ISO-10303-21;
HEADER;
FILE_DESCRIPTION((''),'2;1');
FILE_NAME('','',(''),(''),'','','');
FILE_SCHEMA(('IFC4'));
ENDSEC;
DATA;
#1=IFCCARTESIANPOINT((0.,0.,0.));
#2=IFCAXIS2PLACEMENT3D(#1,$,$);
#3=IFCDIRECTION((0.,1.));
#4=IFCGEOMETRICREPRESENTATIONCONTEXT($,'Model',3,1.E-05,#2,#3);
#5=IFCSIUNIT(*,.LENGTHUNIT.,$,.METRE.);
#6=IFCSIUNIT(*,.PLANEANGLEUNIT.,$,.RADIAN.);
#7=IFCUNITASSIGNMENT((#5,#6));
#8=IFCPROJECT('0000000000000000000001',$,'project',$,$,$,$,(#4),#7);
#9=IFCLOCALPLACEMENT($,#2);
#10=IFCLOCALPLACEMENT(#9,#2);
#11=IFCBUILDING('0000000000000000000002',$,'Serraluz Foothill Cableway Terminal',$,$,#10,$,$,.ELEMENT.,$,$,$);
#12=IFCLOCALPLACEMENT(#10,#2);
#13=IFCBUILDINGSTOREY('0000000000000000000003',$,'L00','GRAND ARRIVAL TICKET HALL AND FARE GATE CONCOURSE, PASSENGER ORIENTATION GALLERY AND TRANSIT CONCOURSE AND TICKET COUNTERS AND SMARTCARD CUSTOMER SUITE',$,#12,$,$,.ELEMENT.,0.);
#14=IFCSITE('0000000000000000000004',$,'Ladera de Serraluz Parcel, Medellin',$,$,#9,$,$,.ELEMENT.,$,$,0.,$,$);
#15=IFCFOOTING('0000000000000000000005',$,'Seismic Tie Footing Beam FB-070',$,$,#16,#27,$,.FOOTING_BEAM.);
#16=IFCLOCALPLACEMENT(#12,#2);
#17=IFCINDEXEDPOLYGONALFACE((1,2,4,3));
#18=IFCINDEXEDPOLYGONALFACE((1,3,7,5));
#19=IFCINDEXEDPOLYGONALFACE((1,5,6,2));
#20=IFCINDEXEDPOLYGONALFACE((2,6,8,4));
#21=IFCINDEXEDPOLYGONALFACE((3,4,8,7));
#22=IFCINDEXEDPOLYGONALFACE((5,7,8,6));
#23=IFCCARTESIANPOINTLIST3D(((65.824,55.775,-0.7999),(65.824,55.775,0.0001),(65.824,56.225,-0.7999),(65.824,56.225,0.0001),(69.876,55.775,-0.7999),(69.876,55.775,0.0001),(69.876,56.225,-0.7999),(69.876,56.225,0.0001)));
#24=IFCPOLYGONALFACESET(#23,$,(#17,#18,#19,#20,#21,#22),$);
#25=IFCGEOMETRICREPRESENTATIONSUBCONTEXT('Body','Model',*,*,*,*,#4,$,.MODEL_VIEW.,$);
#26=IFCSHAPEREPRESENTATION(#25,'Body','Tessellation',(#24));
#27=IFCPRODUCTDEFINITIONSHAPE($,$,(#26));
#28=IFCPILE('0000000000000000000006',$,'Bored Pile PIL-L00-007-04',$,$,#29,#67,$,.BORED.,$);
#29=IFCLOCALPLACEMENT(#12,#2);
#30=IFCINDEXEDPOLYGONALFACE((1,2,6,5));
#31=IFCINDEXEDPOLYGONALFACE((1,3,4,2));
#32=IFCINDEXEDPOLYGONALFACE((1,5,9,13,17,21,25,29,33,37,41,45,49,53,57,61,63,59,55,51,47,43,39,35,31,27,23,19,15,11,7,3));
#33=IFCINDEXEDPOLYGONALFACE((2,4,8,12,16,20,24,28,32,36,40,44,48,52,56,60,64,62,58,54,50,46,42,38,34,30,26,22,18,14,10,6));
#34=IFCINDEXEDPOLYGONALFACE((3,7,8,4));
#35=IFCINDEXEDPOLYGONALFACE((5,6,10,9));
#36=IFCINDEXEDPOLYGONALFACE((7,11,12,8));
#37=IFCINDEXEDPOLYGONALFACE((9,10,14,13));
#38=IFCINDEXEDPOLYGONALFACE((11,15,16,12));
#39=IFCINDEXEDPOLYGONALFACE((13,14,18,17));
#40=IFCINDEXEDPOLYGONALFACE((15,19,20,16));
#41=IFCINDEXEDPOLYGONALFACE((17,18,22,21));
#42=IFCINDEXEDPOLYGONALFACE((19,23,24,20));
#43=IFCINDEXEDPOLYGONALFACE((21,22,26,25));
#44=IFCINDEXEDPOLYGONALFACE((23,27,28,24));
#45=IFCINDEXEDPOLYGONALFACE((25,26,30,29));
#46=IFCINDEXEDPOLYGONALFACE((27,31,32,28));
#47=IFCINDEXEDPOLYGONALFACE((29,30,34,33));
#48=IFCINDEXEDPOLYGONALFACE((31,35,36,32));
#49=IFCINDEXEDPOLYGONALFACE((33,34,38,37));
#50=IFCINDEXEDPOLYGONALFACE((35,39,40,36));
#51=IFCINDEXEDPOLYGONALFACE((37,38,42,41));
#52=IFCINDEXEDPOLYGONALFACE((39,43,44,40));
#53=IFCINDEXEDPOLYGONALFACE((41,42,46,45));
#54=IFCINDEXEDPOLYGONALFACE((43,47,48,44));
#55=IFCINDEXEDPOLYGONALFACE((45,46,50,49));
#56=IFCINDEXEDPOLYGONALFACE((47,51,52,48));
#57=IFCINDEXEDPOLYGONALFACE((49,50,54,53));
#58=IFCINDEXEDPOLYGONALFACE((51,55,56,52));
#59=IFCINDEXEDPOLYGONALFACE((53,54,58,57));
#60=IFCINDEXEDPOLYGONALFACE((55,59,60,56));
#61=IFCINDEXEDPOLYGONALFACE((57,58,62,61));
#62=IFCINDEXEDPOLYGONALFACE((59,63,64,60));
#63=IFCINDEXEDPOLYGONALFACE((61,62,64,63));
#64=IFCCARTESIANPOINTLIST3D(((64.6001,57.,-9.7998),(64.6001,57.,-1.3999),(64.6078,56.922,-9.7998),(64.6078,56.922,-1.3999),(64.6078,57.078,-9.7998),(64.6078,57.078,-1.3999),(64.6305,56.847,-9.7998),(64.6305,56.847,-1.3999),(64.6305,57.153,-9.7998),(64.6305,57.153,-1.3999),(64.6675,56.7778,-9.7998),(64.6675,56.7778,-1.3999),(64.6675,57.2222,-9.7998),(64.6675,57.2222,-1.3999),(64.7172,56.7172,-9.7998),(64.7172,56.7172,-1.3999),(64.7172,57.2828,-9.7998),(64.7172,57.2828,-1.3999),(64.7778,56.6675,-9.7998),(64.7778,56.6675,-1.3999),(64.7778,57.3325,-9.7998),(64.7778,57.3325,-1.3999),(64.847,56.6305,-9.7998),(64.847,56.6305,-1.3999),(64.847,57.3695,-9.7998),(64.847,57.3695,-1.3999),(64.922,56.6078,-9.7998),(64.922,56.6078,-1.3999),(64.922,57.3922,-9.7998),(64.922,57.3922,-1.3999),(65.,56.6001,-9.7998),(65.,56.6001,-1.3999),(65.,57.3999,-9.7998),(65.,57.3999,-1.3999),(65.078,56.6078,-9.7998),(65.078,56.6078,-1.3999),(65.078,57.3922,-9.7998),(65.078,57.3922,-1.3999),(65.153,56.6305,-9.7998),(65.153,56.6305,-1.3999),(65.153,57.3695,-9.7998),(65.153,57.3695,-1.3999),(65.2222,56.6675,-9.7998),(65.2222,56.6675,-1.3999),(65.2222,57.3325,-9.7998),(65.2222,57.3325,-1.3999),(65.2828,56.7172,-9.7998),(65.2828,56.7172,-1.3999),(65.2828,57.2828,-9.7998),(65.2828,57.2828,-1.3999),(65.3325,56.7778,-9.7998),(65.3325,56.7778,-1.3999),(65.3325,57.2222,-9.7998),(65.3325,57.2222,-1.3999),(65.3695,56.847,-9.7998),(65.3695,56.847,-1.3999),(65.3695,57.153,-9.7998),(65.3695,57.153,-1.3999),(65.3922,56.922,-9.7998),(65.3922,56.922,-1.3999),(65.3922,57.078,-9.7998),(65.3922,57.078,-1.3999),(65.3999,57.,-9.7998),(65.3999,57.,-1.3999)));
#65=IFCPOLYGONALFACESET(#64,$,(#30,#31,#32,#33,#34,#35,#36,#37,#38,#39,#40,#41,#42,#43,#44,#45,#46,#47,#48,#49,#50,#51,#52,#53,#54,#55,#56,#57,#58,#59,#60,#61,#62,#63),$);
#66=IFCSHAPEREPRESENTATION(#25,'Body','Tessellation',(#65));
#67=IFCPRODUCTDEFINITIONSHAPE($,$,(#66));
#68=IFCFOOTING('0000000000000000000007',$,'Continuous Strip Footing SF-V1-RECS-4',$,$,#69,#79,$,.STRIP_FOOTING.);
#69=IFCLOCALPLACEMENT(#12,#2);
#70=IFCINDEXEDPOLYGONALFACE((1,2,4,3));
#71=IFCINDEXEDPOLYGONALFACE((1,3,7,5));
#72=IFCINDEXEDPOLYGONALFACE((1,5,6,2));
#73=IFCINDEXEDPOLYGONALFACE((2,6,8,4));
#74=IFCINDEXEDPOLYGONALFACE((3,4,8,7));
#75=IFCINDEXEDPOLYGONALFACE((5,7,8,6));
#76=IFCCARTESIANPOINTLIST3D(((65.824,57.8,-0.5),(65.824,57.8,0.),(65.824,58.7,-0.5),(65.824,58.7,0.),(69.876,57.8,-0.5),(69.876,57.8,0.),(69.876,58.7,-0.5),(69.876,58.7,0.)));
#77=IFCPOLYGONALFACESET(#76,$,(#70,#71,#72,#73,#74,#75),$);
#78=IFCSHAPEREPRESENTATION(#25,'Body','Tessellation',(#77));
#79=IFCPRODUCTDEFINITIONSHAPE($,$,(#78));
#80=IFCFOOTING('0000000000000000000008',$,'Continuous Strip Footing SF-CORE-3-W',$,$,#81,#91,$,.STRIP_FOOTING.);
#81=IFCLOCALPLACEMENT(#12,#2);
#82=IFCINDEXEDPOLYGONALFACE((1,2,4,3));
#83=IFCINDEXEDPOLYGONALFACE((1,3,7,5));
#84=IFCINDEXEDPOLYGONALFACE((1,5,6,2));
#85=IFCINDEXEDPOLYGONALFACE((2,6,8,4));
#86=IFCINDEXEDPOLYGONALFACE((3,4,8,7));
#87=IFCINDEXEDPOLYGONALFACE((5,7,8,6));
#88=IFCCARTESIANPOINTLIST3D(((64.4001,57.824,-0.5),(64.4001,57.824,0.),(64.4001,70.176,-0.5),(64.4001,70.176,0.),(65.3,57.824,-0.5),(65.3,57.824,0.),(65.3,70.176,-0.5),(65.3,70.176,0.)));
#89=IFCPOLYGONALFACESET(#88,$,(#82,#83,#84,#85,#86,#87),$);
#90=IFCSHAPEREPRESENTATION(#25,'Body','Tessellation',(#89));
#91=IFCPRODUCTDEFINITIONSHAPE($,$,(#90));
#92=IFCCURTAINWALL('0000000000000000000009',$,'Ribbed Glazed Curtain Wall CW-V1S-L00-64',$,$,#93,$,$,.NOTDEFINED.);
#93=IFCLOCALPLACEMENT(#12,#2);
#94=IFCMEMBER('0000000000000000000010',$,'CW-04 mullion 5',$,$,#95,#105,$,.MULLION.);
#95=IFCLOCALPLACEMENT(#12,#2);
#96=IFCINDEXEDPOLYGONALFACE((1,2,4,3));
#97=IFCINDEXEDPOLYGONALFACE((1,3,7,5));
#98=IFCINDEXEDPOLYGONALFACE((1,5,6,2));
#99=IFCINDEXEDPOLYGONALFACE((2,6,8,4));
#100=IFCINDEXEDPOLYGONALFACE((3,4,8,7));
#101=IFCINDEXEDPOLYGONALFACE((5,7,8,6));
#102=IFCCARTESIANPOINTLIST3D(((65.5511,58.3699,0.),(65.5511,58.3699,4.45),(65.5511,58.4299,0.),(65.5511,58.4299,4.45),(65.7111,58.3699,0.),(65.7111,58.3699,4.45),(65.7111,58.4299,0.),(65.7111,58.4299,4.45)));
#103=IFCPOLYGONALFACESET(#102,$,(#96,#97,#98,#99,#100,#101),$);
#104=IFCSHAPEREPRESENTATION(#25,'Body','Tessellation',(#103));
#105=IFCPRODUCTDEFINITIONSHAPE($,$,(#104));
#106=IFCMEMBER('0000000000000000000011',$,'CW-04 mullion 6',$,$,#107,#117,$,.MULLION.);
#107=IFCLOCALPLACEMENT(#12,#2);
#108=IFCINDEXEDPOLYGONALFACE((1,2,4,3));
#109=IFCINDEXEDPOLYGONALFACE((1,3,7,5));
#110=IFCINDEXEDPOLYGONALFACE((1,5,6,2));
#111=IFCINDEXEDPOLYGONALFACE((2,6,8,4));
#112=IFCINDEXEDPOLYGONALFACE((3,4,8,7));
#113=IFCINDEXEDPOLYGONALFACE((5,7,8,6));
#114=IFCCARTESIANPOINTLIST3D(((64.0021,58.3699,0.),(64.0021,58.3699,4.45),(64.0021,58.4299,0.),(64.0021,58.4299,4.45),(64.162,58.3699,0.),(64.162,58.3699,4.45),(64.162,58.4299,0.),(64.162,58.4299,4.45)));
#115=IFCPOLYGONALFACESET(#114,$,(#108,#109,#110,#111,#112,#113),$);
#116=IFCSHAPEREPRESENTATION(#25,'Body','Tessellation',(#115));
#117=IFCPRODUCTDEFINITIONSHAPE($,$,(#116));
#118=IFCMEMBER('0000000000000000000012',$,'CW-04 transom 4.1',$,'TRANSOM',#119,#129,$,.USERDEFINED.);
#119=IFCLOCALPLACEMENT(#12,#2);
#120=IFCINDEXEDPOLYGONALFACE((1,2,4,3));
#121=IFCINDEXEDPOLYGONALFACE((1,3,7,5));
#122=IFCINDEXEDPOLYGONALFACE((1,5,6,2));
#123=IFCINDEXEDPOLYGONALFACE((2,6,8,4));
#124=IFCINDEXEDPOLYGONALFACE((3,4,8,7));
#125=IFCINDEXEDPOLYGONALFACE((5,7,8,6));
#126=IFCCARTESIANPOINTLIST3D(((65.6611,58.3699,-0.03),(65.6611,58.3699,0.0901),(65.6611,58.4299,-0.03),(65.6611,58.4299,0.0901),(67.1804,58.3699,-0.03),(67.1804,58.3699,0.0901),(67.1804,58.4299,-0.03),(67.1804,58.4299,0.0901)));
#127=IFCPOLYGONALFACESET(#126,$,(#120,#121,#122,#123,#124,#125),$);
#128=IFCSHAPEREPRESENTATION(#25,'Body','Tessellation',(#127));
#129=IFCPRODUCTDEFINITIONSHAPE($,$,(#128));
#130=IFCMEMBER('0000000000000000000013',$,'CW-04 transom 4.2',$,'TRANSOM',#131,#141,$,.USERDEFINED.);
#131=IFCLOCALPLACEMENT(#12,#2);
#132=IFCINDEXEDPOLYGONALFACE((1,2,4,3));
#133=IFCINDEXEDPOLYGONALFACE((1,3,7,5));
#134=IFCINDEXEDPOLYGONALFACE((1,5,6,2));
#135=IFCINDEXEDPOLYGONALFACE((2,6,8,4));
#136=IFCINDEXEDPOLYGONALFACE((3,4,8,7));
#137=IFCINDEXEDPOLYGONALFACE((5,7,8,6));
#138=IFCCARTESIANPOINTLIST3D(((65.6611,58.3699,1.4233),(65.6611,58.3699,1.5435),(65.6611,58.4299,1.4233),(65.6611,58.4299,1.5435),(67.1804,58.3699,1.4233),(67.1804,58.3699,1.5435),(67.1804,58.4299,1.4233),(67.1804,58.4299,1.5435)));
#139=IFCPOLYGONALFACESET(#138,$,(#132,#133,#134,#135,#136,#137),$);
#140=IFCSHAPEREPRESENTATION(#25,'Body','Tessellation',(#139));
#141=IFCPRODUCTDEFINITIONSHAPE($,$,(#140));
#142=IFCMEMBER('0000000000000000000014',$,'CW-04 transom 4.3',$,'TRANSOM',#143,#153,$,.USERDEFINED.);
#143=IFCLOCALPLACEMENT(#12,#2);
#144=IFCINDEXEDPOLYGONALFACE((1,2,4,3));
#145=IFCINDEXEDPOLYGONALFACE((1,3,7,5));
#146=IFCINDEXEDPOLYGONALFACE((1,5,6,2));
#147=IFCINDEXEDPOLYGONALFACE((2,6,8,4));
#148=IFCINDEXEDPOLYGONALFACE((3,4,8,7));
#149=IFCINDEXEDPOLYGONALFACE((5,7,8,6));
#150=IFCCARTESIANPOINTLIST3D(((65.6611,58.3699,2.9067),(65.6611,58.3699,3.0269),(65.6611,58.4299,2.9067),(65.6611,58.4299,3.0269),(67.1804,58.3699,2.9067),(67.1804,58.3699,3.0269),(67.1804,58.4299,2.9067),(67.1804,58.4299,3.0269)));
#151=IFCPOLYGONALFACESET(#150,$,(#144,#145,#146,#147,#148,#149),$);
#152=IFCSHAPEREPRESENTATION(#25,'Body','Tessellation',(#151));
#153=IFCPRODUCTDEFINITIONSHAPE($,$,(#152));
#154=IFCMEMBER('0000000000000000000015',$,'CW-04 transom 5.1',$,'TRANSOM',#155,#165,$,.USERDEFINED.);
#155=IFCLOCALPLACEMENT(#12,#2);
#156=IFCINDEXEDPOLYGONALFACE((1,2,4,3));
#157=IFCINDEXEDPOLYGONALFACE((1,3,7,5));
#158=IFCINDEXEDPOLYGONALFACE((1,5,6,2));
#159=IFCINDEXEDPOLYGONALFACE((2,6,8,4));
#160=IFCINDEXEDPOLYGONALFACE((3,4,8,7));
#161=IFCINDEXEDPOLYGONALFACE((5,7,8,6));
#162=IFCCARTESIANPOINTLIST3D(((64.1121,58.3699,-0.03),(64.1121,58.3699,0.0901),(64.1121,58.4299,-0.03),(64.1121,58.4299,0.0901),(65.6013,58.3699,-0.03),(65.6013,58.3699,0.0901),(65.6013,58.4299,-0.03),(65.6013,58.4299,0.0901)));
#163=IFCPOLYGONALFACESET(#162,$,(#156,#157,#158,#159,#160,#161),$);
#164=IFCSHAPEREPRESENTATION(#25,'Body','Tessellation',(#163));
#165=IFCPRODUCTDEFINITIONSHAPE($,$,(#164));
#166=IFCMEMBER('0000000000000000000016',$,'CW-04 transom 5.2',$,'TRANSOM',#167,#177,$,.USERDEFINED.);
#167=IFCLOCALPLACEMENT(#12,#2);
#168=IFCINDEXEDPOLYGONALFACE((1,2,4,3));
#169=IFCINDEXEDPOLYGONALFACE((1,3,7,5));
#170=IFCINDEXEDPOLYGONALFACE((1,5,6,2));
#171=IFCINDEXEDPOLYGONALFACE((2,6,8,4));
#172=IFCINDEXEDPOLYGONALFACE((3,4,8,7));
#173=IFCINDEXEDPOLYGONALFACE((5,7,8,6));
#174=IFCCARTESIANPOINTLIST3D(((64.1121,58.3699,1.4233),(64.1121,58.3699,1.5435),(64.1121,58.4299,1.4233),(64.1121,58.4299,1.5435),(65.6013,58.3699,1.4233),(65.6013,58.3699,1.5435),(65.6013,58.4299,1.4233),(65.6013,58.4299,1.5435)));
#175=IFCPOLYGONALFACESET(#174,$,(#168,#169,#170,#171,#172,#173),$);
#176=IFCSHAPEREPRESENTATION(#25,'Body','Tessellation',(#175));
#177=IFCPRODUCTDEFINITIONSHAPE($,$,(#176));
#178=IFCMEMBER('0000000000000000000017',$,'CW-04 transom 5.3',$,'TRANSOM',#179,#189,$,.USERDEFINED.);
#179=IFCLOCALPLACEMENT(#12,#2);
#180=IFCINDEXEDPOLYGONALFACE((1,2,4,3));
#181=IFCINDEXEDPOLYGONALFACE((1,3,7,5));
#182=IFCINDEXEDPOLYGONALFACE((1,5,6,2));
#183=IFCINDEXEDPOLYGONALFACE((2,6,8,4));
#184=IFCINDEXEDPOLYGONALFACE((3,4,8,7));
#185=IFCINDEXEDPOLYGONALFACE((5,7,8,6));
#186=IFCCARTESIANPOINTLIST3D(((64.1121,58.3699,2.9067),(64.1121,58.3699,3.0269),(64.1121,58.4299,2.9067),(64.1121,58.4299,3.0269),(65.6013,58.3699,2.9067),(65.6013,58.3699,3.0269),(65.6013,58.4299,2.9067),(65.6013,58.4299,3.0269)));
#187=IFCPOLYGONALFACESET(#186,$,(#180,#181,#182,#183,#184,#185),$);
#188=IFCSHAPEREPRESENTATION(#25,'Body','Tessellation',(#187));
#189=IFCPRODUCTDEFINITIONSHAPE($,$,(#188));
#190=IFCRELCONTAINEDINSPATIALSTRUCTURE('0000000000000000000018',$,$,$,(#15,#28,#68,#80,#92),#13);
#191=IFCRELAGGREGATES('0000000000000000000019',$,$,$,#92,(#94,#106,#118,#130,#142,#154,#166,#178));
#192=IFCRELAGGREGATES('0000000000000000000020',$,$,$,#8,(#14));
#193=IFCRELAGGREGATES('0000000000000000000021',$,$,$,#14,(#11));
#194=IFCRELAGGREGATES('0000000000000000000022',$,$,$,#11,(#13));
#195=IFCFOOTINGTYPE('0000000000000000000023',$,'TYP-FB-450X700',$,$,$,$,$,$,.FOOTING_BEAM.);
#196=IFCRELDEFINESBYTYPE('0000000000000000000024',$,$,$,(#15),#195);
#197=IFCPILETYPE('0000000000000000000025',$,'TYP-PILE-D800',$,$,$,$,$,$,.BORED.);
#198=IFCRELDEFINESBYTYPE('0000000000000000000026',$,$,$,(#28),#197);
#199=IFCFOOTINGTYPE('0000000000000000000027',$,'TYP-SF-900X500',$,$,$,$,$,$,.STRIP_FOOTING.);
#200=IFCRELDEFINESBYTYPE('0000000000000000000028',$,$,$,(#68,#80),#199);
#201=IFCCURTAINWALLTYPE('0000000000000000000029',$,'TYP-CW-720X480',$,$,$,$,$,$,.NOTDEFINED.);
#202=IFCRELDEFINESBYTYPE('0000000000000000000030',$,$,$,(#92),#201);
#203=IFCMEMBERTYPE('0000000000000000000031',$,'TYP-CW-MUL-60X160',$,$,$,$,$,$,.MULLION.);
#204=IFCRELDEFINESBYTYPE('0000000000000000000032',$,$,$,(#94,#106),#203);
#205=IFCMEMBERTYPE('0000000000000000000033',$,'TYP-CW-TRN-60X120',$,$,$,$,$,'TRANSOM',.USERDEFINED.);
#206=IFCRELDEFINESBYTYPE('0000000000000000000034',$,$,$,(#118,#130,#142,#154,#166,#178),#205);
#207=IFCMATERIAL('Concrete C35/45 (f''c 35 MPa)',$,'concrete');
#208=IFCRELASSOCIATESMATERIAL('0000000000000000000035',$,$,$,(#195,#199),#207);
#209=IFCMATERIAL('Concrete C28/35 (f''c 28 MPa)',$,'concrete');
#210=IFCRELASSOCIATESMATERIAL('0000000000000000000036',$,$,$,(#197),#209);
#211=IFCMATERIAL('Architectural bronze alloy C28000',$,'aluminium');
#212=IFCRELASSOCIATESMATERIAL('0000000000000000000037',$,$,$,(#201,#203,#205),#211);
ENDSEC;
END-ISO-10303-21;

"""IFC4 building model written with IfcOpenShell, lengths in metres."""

from ifc_helpers import new_model, si_unit, direction, frame, origin, origin_2d, place, context, subcontext, project, spatial, rectangle, circle, extrude, material, material_profile, profile_set, type_object, element, aggregate, save


model = new_model("IFC4")

# Units and contexts
model_context = context("Model", 3, precision=1e-05, world=origin(), true_north=direction((0.0, 1.0)))
body_context = subcontext(model_context, "Body", "Model", "MODEL_VIEW")
ifc_project = project(units=[si_unit("LENGTHUNIT", "METRE"), si_unit("PLANEANGLEUNIT", "RADIAN")], contexts=[model_context])

# Site, building, storey
site_placement = place(None, origin())
site = spatial("IfcSite", under=ifc_project, at=site_placement, Name="Ladera de Serraluz Parcel, Medellin", CompositionType="ELEMENT", RefElevation=0.0)
building_placement = place(site_placement, origin())
building = spatial("IfcBuilding", under=site, at=building_placement, Name="Serraluz Foothill Cableway Terminal", CompositionType="ELEMENT")
storey_placement = place(building_placement, origin())
storey = spatial("IfcBuildingStorey", under=building, at=storey_placement, Name="L00", Description="GRAND ARRIVAL TICKET HALL AND FARE GATE CONCOURSE, PASSENGER ORIENTATION GALLERY AND TRANSIT CONCOURSE AND TICKET COUNTERS AND SMARTCARD CUSTOMER SUITE", CompositionType="ELEMENT", Elevation=0.0)

# Footing
ifc_material_1 = material(Name="Concrete C35/45 (f'c 35 MPa)", Category="concrete")
ifc_material_profile_1 = material_profile(ifc_material_1, rectangle(XDim=0.45, YDim=0.8, at=origin_2d()), Name="RC 450x800")
ifc_profile_set_1 = profile_set([ifc_material_profile_1], Name="Concrete C35/45 (f'c 35 MPa)")
footing_type_1 = type_object("IfcFootingType", Name="TYP-FB-450X700", PredefinedType="FOOTING_BEAM", material=ifc_profile_set_1)
footing_1_placement = place(storey_placement, frame((65.824, 56.0, -0.3999), z_axis=(1.0, 0.0, 0.0), x_axis=(0.0, 1.0, 0.0)))
element("IfcFooting", 1, at=footing_1_placement, inside=storey, type_object=footing_type_1, Name="Seismic Tie Footing Beam FB-070", PredefinedType="FOOTING_BEAM", context=body_context, shape_type="SweptSolid", body=[
    extrude(rectangle(XDim=0.45, YDim=0.8, at=origin_2d()), origin(), (0.0, 0.0, 1.0), 4.052),
])

# Pile
ifc_material_2 = material(Name="Concrete C28/35 (f'c 28 MPa)", Category="concrete")
ifc_material_profile_2 = material_profile(ifc_material_2, circle(Radius=0.3999, at=origin_2d()), Name="BORED PILE D800")
ifc_profile_set_2 = profile_set([ifc_material_profile_2], Name="Concrete C28/35 (f'c 28 MPa)")
pile_type = type_object("IfcPileType", Name="TYP-PILE-D800", PredefinedType="BORED", material=ifc_profile_set_2)
pile_placement = place(storey_placement, frame((65.0, 57.0, -1.3999), z_axis=(0.0, 0.0, -1.0), x_axis=(1.0, 0.0, 0.0)))
element("IfcPile", 2, at=pile_placement, inside=storey, type_object=pile_type, Name="Bored Pile PIL-L00-007-04", PredefinedType="BORED", context=body_context, shape_type="SweptSolid", body=[
    extrude(circle(Radius=0.3999, at=origin_2d()), origin(), (0.0, 0.0, 1.0), 8.3999),
])

# Footings
ifc_material_profile_3 = material_profile(ifc_material_1, rectangle(XDim=0.8999, YDim=0.5, at=origin_2d()), Name="SF 900x500")
ifc_profile_set_3 = profile_set([ifc_material_profile_3], Name="Concrete C35/45 (f'c 35 MPa)")
footing_type_2 = type_object("IfcFootingType", Name="TYP-SF-900X500", PredefinedType="STRIP_FOOTING", material=ifc_profile_set_3)
footing_2_placement = place(storey_placement, frame((65.824, 58.25, -0.25), z_axis=(1.0, 0.0, 0.0), x_axis=(0.0, 1.0, 0.0)))
element("IfcFooting", 3, at=footing_2_placement, inside=storey, type_object=footing_type_2, Name="Continuous Strip Footing SF-V1-RECS-4", PredefinedType="STRIP_FOOTING", context=body_context, shape_type="SweptSolid", body=[
    extrude(rectangle(XDim=0.8999, YDim=0.5, at=origin_2d()), origin(), (0.0, 0.0, 1.0), 4.052),
])
footing_3_placement = place(storey_placement, frame((64.8501, 57.824, -0.25), z_axis=(0.0, 1.0, 0.0), x_axis=(-1.0, 0.0, 0.0)))
element("IfcFooting", 4, at=footing_3_placement, inside=storey, type_object=footing_type_2, Name="Continuous Strip Footing SF-CORE-3-W", PredefinedType="STRIP_FOOTING", context=body_context, shape_type="SweptSolid", body=[
    extrude(rectangle(XDim=0.8999, YDim=0.5, at=origin_2d()), origin(), (0.0, 0.0, 1.0), 12.3521),
])

# Curtain wall, members
ifc_material_3 = material(Name="Architectural bronze alloy C28000", Category="aluminium")
curtain_wall_type = type_object("IfcCurtainWallType", Name="TYP-CW-720X480", PredefinedType="NOTDEFINED", material=ifc_material_3)
curtain_wall_placement = place(storey_placement, origin())
curtain_wall = element("IfcCurtainWall", 5, at=curtain_wall_placement, inside=storey, type_object=curtain_wall_type, Name="Ribbed Glazed Curtain Wall CW-V1S-L00-64", PredefinedType="NOTDEFINED")
ifc_material_profile_4 = material_profile(ifc_material_3, rectangle(XDim=0.0601, YDim=0.1599, at=origin_2d()), Name="ALU MULLION 60x160")
ifc_profile_set_4 = profile_set([ifc_material_profile_4], Name="Architectural bronze alloy C28000")
member_type_1 = type_object("IfcMemberType", Name="TYP-CW-MUL-60X160", PredefinedType="MULLION", material=ifc_profile_set_4)
member_1_placement = place(storey_placement, frame((65.6311, 58.3999, 0.0), z_axis=(0.0, 0.0, 1.0), x_axis=(0.0, -1.0, 0.0)))
member_1 = element("IfcMember", 6, at=member_1_placement, type_object=member_type_1, Name="CW-04 mullion 5", PredefinedType="MULLION", context=body_context, shape_type="SweptSolid", body=[
    extrude(rectangle(XDim=0.0601, YDim=0.1599, at=origin_2d()), origin(), (0.0, 0.0, 1.0), 4.45),
])
member_2_placement = place(storey_placement, frame((64.082, 58.3999, 0.0), z_axis=(0.0, 0.0, 1.0), x_axis=(0.0, -1.0, 0.0)))
member_2 = element("IfcMember", 7, at=member_2_placement, type_object=member_type_1, Name="CW-04 mullion 6", PredefinedType="MULLION", context=body_context, shape_type="SweptSolid", body=[
    extrude(rectangle(XDim=0.0601, YDim=0.1599, at=origin_2d()), origin(), (0.0, 0.0, 1.0), 4.45),
])
ifc_material_profile_5 = material_profile(ifc_material_3, rectangle(XDim=0.0601, YDim=0.1201, at=origin_2d()), Name="ALU TRANSOM 60x120")
ifc_profile_set_5 = profile_set([ifc_material_profile_5], Name="Architectural bronze alloy C28000")
member_type_2 = type_object("IfcMemberType", Name="TYP-CW-TRN-60X120", ElementType="TRANSOM", PredefinedType="USERDEFINED", material=ifc_profile_set_5)
member_3_placement = place(storey_placement, frame((67.1804, 58.3999, 0.03), z_axis=(-1.0, 0.0, 0.0), x_axis=(0.0, -1.0, 0.0)))
member_3 = element("IfcMember", 8, at=member_3_placement, type_object=member_type_2, Name="CW-04 transom 4.1", ObjectType="TRANSOM", PredefinedType="USERDEFINED", context=body_context, shape_type="SweptSolid", body=[
    extrude(rectangle(XDim=0.0601, YDim=0.1201, at=origin_2d()), origin(), (0.0, 0.0, 1.0), 1.5193),
])
member_4_placement = place(storey_placement, frame((67.1804, 58.3999, 1.4834), z_axis=(-1.0, 0.0, 0.0), x_axis=(0.0, -1.0, 0.0)))
member_4 = element("IfcMember", 9, at=member_4_placement, type_object=member_type_2, Name="CW-04 transom 4.2", ObjectType="TRANSOM", PredefinedType="USERDEFINED", context=body_context, shape_type="SweptSolid", body=[
    extrude(rectangle(XDim=0.0601, YDim=0.1201, at=origin_2d()), origin(), (0.0, 0.0, 1.0), 1.5193),
])
member_5_placement = place(storey_placement, frame((67.1804, 58.3999, 2.9668), z_axis=(-1.0, 0.0, 0.0), x_axis=(0.0, -1.0, 0.0)))
member_5 = element("IfcMember", 10, at=member_5_placement, type_object=member_type_2, Name="CW-04 transom 4.3", ObjectType="TRANSOM", PredefinedType="USERDEFINED", context=body_context, shape_type="SweptSolid", body=[
    extrude(rectangle(XDim=0.0601, YDim=0.1201, at=origin_2d()), origin(), (0.0, 0.0, 1.0), 1.5193),
])
member_6_placement = place(storey_placement, frame((65.6013, 58.3999, 0.03), z_axis=(-1.0, 0.0, 0.0), x_axis=(0.0, -1.0, 0.0)))
member_6 = element("IfcMember", 11, at=member_6_placement, type_object=member_type_2, Name="CW-04 transom 5.1", ObjectType="TRANSOM", PredefinedType="USERDEFINED", context=body_context, shape_type="SweptSolid", body=[
    extrude(rectangle(XDim=0.0601, YDim=0.1201, at=origin_2d()), origin(), (0.0, 0.0, 1.0), 1.4893),
])
member_7_placement = place(storey_placement, frame((65.6013, 58.3999, 1.4834), z_axis=(-1.0, 0.0, 0.0), x_axis=(0.0, -1.0, 0.0)))
member_7 = element("IfcMember", 12, at=member_7_placement, type_object=member_type_2, Name="CW-04 transom 5.2", ObjectType="TRANSOM", PredefinedType="USERDEFINED", context=body_context, shape_type="SweptSolid", body=[
    extrude(rectangle(XDim=0.0601, YDim=0.1201, at=origin_2d()), origin(), (0.0, 0.0, 1.0), 1.4893),
])
member_8_placement = place(storey_placement, frame((65.6013, 58.3999, 2.9668), z_axis=(-1.0, 0.0, 0.0), x_axis=(0.0, -1.0, 0.0)))
member_8 = element("IfcMember", 13, at=member_8_placement, type_object=member_type_2, Name="CW-04 transom 5.3", ObjectType="TRANSOM", PredefinedType="USERDEFINED", context=body_context, shape_type="SweptSolid", body=[
    extrude(rectangle(XDim=0.0601, YDim=0.1201, at=origin_2d()), origin(), (0.0, 0.0, 1.0), 1.4893),
])

aggregate(curtain_wall, [member_1, member_2, member_3, member_4, member_5, member_6, member_7, member_8])

save(model, "model.ifc")
